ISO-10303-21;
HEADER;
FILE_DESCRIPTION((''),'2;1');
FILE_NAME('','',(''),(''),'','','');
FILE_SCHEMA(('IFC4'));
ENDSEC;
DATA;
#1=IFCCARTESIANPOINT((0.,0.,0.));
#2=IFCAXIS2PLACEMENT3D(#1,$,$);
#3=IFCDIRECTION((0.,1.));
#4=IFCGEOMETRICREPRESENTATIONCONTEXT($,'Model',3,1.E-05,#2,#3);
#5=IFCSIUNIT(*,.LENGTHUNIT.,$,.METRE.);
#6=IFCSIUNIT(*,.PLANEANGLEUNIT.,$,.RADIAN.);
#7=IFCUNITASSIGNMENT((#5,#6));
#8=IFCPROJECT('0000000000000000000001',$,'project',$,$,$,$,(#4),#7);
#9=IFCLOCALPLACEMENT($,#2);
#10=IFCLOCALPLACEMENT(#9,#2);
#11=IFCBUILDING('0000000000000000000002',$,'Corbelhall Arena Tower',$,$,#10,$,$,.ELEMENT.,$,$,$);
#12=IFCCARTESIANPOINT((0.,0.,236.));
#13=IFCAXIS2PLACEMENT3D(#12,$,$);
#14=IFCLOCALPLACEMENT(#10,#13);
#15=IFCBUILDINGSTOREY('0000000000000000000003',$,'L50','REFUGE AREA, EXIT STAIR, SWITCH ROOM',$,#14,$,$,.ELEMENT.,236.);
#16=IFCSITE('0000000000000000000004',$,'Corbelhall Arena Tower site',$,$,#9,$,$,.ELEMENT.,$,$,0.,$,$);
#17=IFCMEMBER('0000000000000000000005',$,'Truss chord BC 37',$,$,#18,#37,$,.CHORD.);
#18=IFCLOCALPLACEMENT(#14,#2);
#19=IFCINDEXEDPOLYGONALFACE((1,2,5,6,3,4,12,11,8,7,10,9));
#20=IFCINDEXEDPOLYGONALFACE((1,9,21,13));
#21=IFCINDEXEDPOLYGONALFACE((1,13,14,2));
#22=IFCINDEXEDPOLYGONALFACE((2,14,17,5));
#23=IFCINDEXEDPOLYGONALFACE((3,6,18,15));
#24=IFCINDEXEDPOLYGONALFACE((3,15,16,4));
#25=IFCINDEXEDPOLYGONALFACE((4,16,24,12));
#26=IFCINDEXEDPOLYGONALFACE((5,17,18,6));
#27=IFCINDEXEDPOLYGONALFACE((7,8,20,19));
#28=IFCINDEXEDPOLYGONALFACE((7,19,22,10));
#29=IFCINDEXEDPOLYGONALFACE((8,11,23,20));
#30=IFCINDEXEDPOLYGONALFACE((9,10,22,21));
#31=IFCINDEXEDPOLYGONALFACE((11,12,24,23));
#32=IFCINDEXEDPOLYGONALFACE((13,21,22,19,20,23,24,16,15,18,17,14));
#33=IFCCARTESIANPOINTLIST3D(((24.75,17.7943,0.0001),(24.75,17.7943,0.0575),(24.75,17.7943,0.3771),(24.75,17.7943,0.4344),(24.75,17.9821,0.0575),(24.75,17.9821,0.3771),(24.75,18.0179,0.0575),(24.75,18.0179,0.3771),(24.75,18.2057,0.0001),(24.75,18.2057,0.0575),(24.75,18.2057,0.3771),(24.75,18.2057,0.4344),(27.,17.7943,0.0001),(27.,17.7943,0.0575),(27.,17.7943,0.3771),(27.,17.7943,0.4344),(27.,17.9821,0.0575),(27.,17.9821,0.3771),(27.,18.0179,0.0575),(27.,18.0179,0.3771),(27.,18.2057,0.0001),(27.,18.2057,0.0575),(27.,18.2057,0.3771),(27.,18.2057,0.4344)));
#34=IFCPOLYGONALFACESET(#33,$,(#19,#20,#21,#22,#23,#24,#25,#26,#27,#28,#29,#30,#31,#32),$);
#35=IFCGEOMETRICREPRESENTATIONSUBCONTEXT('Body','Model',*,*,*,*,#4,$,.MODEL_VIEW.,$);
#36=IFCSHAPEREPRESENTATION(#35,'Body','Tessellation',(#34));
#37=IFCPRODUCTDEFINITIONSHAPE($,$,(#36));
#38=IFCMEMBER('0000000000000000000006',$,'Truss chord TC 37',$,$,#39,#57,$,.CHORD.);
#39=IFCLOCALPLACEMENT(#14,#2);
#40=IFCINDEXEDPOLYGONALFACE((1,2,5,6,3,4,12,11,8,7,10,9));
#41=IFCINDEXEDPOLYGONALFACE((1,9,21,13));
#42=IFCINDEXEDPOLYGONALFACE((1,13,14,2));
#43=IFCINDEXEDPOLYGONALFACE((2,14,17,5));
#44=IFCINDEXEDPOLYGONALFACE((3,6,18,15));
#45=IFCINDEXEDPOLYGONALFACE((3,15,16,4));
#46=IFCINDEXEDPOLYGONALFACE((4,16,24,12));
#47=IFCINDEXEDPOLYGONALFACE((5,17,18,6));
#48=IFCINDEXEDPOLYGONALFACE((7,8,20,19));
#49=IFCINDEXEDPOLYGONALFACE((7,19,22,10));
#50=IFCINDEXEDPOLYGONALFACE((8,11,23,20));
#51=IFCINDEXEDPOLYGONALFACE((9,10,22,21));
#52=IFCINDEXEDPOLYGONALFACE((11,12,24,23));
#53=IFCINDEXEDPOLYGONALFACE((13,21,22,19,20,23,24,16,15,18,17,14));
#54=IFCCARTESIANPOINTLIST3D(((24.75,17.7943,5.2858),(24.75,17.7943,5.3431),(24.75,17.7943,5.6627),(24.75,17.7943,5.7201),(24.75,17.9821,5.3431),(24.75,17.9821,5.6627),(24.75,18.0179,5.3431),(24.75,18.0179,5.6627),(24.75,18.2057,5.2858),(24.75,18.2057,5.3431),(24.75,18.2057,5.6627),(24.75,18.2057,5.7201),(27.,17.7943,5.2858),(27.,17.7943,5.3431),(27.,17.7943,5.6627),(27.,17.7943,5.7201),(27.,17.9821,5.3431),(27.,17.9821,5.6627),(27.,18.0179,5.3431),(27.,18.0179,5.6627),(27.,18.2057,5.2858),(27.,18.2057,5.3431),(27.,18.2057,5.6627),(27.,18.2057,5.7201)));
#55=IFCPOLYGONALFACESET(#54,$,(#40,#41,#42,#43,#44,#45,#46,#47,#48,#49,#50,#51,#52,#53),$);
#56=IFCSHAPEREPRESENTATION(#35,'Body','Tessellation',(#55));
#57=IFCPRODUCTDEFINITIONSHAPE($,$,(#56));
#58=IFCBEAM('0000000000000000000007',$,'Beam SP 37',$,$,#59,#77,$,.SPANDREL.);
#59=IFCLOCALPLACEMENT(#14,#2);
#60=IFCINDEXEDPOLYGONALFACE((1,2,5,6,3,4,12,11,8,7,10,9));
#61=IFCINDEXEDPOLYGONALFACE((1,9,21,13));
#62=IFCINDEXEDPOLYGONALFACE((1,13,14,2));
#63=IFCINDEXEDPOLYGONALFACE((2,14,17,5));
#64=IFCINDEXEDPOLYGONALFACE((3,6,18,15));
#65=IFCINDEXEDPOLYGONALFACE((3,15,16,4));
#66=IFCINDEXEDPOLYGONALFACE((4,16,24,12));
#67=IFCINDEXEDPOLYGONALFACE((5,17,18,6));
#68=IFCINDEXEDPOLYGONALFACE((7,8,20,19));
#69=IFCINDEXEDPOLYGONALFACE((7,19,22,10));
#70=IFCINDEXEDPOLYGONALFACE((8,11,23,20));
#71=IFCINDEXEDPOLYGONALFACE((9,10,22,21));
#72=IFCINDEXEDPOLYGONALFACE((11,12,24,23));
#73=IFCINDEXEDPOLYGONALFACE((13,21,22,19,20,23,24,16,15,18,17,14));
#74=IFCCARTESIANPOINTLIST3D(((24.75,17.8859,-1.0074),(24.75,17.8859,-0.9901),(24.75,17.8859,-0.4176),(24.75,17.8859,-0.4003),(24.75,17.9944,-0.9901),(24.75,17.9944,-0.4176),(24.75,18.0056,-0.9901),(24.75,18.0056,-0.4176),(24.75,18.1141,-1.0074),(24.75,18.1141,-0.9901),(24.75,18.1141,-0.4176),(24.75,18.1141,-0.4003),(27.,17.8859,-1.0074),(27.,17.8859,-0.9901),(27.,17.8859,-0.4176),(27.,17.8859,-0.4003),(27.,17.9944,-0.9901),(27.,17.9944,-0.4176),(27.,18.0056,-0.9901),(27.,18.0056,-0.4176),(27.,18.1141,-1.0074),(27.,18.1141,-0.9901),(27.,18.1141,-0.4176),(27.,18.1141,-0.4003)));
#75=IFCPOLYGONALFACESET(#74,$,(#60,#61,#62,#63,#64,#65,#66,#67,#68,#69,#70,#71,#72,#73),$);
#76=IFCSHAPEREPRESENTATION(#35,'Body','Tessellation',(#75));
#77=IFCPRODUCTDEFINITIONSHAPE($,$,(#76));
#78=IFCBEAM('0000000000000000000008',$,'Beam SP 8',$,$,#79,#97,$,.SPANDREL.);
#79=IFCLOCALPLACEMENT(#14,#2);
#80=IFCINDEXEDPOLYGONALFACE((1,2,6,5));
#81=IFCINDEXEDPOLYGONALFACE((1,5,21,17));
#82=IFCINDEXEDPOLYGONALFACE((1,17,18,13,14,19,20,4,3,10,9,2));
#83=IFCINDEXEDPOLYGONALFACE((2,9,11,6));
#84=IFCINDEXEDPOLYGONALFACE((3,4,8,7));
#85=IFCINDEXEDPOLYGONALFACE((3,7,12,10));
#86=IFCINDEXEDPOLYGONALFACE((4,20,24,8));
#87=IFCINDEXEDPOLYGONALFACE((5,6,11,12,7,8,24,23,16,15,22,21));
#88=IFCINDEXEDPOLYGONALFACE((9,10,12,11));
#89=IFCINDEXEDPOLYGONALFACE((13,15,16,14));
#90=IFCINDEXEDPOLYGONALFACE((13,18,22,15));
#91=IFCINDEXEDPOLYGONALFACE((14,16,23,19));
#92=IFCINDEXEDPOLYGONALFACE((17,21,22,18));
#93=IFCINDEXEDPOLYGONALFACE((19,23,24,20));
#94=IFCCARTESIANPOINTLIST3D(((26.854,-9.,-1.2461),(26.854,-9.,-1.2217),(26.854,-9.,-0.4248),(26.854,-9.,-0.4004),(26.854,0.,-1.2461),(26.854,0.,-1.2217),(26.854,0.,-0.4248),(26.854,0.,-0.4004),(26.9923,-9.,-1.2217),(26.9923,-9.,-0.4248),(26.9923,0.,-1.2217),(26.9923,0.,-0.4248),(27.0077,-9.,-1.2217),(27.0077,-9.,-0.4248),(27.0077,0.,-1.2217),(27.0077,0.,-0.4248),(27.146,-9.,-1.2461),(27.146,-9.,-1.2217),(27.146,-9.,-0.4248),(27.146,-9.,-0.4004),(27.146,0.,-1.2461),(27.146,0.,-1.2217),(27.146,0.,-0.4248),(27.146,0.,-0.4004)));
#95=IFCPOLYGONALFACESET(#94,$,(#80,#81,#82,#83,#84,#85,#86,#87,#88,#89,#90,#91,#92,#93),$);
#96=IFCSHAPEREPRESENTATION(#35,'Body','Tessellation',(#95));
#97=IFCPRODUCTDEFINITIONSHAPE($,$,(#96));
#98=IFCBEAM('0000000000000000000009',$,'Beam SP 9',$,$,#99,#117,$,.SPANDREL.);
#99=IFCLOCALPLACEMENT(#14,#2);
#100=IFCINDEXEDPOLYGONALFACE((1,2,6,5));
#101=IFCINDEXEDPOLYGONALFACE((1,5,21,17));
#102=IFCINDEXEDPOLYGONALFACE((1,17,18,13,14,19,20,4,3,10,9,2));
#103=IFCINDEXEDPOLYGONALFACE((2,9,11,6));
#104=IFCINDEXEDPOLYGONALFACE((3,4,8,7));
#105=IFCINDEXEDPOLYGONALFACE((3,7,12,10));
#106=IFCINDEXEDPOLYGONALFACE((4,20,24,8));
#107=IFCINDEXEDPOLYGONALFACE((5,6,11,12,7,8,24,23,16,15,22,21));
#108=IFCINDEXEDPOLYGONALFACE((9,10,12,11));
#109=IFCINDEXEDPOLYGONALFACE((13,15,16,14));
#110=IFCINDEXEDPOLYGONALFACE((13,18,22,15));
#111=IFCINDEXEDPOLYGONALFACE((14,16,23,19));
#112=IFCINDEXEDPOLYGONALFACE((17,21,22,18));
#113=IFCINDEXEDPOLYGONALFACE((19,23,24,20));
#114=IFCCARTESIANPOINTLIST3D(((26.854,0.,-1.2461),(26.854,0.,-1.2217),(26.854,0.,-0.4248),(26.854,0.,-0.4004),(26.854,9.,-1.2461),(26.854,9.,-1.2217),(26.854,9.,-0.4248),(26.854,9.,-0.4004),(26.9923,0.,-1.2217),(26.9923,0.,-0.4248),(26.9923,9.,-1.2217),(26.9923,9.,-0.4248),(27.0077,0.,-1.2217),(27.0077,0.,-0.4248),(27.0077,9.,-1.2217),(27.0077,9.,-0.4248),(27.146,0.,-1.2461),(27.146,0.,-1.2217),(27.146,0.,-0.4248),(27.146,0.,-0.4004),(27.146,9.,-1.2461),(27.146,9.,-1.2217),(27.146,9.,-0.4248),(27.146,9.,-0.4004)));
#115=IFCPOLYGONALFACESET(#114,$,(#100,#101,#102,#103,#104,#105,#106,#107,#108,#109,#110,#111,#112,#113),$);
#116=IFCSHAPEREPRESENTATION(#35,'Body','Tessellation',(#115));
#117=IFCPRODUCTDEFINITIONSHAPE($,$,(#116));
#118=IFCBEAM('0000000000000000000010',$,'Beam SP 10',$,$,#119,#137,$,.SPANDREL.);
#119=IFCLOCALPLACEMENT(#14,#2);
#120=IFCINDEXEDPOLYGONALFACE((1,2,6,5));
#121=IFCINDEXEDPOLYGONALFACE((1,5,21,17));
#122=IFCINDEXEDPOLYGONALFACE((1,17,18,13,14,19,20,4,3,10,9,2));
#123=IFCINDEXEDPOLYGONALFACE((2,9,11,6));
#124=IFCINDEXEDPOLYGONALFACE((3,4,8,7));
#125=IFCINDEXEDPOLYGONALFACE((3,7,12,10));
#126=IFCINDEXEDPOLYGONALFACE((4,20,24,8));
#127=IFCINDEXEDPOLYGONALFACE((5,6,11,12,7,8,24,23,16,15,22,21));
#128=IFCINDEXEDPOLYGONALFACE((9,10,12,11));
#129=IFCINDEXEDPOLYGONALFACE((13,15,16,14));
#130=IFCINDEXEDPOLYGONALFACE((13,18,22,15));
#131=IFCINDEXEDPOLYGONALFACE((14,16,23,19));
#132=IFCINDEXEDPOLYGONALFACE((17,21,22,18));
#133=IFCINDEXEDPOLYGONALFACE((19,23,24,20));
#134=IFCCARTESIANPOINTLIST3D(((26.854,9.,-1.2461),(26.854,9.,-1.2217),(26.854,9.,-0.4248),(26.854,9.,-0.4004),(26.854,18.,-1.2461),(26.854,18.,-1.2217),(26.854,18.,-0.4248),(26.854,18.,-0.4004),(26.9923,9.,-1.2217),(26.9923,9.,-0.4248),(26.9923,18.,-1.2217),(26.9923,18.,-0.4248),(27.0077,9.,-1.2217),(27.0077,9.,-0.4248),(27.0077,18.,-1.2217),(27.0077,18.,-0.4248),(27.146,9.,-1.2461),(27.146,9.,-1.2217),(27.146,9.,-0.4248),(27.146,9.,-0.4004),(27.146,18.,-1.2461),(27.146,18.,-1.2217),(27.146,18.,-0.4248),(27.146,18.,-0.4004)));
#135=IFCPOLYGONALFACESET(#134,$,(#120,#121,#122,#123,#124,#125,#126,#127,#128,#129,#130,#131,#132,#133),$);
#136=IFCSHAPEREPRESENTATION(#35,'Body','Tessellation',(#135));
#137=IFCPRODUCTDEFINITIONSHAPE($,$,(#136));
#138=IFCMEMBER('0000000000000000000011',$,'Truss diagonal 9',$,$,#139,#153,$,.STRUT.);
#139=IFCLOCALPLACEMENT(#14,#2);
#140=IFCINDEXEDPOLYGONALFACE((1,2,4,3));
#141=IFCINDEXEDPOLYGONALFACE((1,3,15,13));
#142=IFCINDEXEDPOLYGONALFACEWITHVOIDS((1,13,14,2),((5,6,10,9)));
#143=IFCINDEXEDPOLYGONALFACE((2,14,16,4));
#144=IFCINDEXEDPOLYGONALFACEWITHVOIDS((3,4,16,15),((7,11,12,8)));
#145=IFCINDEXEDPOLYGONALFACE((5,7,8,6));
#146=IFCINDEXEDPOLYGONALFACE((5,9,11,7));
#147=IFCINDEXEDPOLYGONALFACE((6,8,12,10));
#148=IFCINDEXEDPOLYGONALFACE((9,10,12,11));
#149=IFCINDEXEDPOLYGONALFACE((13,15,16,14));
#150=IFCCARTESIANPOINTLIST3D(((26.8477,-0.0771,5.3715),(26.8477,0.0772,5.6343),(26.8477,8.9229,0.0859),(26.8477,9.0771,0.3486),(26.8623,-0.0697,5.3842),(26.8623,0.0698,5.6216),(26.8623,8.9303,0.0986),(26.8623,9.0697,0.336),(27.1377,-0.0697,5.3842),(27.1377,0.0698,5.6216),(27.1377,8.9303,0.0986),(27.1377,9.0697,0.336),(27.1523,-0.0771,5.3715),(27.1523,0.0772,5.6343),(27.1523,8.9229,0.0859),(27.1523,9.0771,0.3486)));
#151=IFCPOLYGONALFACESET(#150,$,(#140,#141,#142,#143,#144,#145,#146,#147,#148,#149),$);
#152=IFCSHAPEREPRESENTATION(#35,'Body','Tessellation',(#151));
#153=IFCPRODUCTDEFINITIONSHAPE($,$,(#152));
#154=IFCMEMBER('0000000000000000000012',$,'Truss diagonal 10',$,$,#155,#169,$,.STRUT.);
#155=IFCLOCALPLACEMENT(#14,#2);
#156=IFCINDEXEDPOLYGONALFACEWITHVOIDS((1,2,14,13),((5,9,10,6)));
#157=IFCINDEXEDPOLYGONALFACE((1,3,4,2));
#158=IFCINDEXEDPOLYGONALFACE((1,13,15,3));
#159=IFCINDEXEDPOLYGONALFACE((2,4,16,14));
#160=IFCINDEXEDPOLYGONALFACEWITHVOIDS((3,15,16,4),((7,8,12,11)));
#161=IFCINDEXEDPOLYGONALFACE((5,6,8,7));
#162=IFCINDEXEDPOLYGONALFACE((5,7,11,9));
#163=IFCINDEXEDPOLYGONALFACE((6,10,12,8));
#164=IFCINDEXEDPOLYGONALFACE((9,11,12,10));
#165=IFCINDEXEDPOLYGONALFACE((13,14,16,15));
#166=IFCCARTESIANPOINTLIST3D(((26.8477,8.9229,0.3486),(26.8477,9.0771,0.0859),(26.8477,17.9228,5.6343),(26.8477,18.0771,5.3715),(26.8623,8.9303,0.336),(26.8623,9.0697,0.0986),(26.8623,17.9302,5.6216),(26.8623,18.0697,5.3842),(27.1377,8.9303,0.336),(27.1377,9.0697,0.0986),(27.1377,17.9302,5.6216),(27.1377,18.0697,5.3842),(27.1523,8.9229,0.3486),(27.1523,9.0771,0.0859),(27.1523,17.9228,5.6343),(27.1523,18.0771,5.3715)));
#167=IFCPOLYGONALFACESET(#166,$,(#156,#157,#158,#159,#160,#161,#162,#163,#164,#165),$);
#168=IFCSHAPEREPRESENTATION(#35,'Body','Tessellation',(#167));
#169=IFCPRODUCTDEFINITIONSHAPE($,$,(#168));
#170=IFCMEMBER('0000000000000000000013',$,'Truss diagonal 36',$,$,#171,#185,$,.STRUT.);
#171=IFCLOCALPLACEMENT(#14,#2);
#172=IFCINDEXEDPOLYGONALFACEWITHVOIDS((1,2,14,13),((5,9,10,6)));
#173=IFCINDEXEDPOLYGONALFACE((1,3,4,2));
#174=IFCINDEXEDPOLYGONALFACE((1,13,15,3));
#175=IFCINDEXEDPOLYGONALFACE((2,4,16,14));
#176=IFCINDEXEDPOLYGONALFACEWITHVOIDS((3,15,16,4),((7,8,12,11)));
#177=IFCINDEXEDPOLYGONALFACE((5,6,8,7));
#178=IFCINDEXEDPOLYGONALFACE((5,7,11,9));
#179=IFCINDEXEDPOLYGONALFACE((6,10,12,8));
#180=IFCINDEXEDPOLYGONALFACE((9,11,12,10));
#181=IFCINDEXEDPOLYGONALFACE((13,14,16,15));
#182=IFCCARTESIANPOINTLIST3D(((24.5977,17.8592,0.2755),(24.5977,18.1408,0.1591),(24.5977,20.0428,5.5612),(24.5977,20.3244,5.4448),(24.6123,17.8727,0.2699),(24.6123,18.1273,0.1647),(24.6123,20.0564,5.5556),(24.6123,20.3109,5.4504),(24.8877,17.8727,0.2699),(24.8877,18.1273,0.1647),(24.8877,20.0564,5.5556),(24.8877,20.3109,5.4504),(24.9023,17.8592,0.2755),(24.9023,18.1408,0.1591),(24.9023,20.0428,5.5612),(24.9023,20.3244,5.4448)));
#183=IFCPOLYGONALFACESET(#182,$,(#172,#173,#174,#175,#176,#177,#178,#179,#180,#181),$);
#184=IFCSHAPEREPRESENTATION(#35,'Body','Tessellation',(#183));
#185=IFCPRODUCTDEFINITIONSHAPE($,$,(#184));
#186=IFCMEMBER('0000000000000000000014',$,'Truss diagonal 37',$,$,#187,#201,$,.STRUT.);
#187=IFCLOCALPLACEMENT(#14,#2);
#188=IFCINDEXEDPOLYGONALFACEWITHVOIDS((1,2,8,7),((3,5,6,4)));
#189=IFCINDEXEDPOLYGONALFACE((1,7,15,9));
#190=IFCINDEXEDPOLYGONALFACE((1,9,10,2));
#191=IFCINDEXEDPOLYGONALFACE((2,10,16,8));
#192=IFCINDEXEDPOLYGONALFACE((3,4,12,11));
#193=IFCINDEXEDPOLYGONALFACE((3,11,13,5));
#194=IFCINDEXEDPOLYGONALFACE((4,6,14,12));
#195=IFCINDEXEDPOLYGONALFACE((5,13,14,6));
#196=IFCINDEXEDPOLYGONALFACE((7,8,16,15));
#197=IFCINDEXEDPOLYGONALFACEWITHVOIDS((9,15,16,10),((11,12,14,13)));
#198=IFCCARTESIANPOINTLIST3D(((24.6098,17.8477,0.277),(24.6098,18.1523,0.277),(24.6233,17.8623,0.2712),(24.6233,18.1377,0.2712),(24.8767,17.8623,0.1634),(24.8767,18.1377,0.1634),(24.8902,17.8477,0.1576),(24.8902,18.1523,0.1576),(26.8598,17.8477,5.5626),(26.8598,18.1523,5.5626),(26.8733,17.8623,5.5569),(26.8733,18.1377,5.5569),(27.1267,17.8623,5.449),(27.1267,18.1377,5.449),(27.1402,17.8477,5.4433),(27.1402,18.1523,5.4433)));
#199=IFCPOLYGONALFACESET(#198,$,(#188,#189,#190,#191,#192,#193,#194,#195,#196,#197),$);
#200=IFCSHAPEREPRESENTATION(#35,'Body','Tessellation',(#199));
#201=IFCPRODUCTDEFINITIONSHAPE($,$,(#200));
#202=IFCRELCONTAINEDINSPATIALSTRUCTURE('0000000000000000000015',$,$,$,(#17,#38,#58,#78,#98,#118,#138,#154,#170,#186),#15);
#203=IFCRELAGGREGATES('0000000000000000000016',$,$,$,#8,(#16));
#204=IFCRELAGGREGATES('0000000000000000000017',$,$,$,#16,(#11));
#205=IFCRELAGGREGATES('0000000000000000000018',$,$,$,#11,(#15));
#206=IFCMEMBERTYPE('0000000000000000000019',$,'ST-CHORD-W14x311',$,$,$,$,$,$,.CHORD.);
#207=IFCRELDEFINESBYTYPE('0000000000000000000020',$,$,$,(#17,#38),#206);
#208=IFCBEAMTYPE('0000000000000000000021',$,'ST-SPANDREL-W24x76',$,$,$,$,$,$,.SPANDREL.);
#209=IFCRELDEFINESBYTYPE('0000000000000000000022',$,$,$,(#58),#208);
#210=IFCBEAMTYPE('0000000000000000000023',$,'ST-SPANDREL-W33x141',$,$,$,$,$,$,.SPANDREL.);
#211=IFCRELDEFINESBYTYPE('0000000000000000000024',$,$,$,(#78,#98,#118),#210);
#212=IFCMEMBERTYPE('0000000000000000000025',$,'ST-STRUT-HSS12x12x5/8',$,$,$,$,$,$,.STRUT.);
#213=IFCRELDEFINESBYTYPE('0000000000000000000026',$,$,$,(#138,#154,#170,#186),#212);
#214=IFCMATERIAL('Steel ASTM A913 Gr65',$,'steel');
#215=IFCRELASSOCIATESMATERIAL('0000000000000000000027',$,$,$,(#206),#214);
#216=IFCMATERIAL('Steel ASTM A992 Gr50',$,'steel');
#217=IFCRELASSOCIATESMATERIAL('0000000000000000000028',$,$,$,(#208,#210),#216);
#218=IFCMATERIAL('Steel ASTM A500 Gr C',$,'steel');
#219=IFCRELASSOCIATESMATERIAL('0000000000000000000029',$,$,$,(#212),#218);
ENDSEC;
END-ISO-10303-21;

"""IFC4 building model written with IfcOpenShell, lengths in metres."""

from ifc_helpers import new_model, si_unit, direction, frame, origin, origin_2d, place, context, subcontext, project, spatial, hollow_rectangle, i_section, extrude, material, material_profile, profile_set, type_object, element, save


model = new_model("IFC4")

# Units and contexts
model_context = context("Model", 3, precision=1e-05, world=origin(), true_north=direction((0.0, 1.0)))
body_context = subcontext(model_context, "Body", "Model", "MODEL_VIEW")
ifc_project = project(units=[si_unit("LENGTHUNIT", "METRE"), si_unit("PLANEANGLEUNIT", "RADIAN")], contexts=[model_context])

# Site, building, storey
site_placement = place(None, origin())
site = spatial("IfcSite", under=ifc_project, at=site_placement, Name="Corbelhall Arena Tower site", CompositionType="ELEMENT", RefElevation=0.0)
building_placement = place(site_placement, origin())
building = spatial("IfcBuilding", under=site, at=building_placement, Name="Corbelhall Arena Tower", CompositionType="ELEMENT")
storey_placement = place(building_placement, frame((0.0, 0.0, 236.0)))
storey = spatial("IfcBuildingStorey", under=building, at=storey_placement, Name="L50", Description="REFUGE AREA, EXIT STAIR, SWITCH ROOM", CompositionType="ELEMENT", Elevation=236.0)

# Members
ifc_material_1 = material(Name="Steel ASTM A913 Gr65", Category="steel")
ifc_material_profile_1 = material_profile(ifc_material_1, i_section(OverallWidth=0.4114, OverallDepth=0.4343, WebThickness=0.0359, FlangeThickness=0.0574, at=origin_2d()))
ifc_profile_set_1 = profile_set([ifc_material_profile_1], Name="Steel ASTM A913 Gr65")
member_type_1 = type_object("IfcMemberType", Name="ST-CHORD-W14x311", PredefinedType="CHORD", material=ifc_profile_set_1)
for number, where, z_axis, x_axis, name in (
    (1, (24.75, 18.0, 0.2173), (1.0, 0.0, 0.0), (0.0, 1.0, 0.0), "Truss chord BC 37"),
    (2, (24.75, 18.0, 5.5029), (1.0, 0.0, 0.0), (0.0, 1.0, 0.0), "Truss chord TC 37"),
):
    element("IfcMember", number, at=place(storey_placement, frame(where, z_axis=z_axis, x_axis=x_axis)), inside=storey, type_object=member_type_1, Name=name, PredefinedType="CHORD", context=body_context, shape_type="SweptSolid", body=[
        extrude(i_section(OverallWidth=0.4114, OverallDepth=0.4343, WebThickness=0.0359, FlangeThickness=0.0574, at=origin_2d()), origin(), (0.0, 0.0, 1.0), 2.25),
    ])

# Beams
ifc_material_2 = material(Name="Steel ASTM A992 Gr50", Category="steel")
ifc_material_profile_2 = material_profile(ifc_material_2, i_section(OverallWidth=0.2283, OverallDepth=0.6072, WebThickness=0.0112, FlangeThickness=0.0173, at=origin_2d()))
ifc_profile_set_2 = profile_set([ifc_material_profile_2], Name="Steel ASTM A992 Gr50")
beam_type_1 = type_object("IfcBeamType", Name="ST-SPANDREL-W24x76", PredefinedType="SPANDREL", material=ifc_profile_set_2)
beam_placement = place(storey_placement, frame((24.75, 18.0, -0.7039), z_axis=(1.0, 0.0, 0.0), x_axis=(0.0, 1.0, 0.0)))
element("IfcBeam", 3, at=beam_placement, inside=storey, type_object=beam_type_1, Name="Beam SP 37", PredefinedType="SPANDREL", context=body_context, shape_type="SweptSolid", body=[
    extrude(i_section(OverallWidth=0.2283, OverallDepth=0.6072, WebThickness=0.0112, FlangeThickness=0.0173, at=origin_2d()), origin(), (0.0, 0.0, 1.0), 2.25),
])
ifc_material_profile_3 = material_profile(ifc_material_2, i_section(OverallWidth=0.292, OverallDepth=0.8457, WebThickness=0.0154, FlangeThickness=0.0244, at=origin_2d()))
ifc_profile_set_3 = profile_set([ifc_material_profile_3], Name="Steel ASTM A992 Gr50")
beam_type_2 = type_object("IfcBeamType", Name="ST-SPANDREL-W33x141", PredefinedType="SPANDREL", material=ifc_profile_set_3)
for number, where, z_axis, x_axis, name in (
    (4, (27.0, 0.0, -0.8232), (0.0, -1.0, 0.0), (1.0, 0.0, 0.0), "Beam SP 8"),
    (5, (27.0, 9.0, -0.8232), (0.0, -1.0, 0.0), (1.0, 0.0, 0.0), "Beam SP 9"),
    (6, (27.0, 18.0, -0.8232), (0.0, -1.0, 0.0), (1.0, 0.0, 0.0), "Beam SP 10"),
):
    element("IfcBeam", number, at=place(storey_placement, frame(where, z_axis=z_axis, x_axis=x_axis)), inside=storey, type_object=beam_type_2, Name=name, PredefinedType="SPANDREL", context=body_context, shape_type="SweptSolid", body=[
        extrude(i_section(OverallWidth=0.292, OverallDepth=0.8457, WebThickness=0.0154, FlangeThickness=0.0244, at=origin_2d()), origin(), (0.0, 0.0, 1.0), 9.0),
    ])

# Members
ifc_material_3 = material(Name="Steel ASTM A500 Gr C", Category="steel")
ifc_material_profile_4 = material_profile(ifc_material_3, hollow_rectangle(XDim=0.3047, YDim=0.3047, WallThickness=0.0146, at=origin_2d()))
ifc_profile_set_4 = profile_set([ifc_material_profile_4], Name="Steel ASTM A500 Gr C")
member_type_2 = type_object("IfcMemberType", Name="ST-STRUT-HSS12x12x5/8", PredefinedType="STRUT", material=ifc_profile_set_4)
for number, where, z_axis, x_axis, name in (
    (7, (27.0, 9.0, 0.2173), (0.0, -0.862289, 0.506417), (1.0, 0.0, 0.0), "Truss diagonal 9"),
    (8, (27.0, 9.0, 0.2173), (0.0, 0.862289, 0.506417), (-1.0, 0.0, 0.0), "Truss diagonal 10"),
):
    element("IfcMember", number, at=place(storey_placement, frame(where, z_axis=z_axis, x_axis=x_axis)), inside=storey, type_object=member_type_2, Name=name, PredefinedType="STRUT", context=body_context, shape_type="SweptSolid", body=[
        extrude(hollow_rectangle(XDim=0.3047, YDim=0.3047, WallThickness=0.0146, at=origin_2d()), origin(), (0.0, 0.0, 1.0), 10.4373),
    ])
member_1_placement = place(storey_placement, frame((24.75, 18.0, 0.2173), z_axis=(0.0, 0.381819, 0.924237), x_axis=(-1.0, 0.0, 0.0)))
element("IfcMember", 9, at=member_1_placement, inside=storey, type_object=member_type_2, Name="Truss diagonal 36", PredefinedType="STRUT", context=body_context, shape_type="SweptSolid", body=[
    extrude(hollow_rectangle(XDim=0.3047, YDim=0.3047, WallThickness=0.0146, at=origin_2d()), origin(), (0.0, 0.0, 1.0), 5.719),
])
member_2_placement = place(storey_placement, frame((24.75, 18.0, 0.2173), z_axis=(0.391672, 0.0, 0.920105), x_axis=(0.0, 1.0, 0.0)))
element("IfcMember", 10, at=member_2_placement, inside=storey, type_object=member_type_2, Name="Truss diagonal 37", PredefinedType="STRUT", context=body_context, shape_type="SweptSolid", body=[
    extrude(hollow_rectangle(XDim=0.3047, YDim=0.3047, WallThickness=0.0146, at=origin_2d()), origin(), (0.0, 0.0, 1.0), 5.7446),
])

save(model, "model.ifc")
